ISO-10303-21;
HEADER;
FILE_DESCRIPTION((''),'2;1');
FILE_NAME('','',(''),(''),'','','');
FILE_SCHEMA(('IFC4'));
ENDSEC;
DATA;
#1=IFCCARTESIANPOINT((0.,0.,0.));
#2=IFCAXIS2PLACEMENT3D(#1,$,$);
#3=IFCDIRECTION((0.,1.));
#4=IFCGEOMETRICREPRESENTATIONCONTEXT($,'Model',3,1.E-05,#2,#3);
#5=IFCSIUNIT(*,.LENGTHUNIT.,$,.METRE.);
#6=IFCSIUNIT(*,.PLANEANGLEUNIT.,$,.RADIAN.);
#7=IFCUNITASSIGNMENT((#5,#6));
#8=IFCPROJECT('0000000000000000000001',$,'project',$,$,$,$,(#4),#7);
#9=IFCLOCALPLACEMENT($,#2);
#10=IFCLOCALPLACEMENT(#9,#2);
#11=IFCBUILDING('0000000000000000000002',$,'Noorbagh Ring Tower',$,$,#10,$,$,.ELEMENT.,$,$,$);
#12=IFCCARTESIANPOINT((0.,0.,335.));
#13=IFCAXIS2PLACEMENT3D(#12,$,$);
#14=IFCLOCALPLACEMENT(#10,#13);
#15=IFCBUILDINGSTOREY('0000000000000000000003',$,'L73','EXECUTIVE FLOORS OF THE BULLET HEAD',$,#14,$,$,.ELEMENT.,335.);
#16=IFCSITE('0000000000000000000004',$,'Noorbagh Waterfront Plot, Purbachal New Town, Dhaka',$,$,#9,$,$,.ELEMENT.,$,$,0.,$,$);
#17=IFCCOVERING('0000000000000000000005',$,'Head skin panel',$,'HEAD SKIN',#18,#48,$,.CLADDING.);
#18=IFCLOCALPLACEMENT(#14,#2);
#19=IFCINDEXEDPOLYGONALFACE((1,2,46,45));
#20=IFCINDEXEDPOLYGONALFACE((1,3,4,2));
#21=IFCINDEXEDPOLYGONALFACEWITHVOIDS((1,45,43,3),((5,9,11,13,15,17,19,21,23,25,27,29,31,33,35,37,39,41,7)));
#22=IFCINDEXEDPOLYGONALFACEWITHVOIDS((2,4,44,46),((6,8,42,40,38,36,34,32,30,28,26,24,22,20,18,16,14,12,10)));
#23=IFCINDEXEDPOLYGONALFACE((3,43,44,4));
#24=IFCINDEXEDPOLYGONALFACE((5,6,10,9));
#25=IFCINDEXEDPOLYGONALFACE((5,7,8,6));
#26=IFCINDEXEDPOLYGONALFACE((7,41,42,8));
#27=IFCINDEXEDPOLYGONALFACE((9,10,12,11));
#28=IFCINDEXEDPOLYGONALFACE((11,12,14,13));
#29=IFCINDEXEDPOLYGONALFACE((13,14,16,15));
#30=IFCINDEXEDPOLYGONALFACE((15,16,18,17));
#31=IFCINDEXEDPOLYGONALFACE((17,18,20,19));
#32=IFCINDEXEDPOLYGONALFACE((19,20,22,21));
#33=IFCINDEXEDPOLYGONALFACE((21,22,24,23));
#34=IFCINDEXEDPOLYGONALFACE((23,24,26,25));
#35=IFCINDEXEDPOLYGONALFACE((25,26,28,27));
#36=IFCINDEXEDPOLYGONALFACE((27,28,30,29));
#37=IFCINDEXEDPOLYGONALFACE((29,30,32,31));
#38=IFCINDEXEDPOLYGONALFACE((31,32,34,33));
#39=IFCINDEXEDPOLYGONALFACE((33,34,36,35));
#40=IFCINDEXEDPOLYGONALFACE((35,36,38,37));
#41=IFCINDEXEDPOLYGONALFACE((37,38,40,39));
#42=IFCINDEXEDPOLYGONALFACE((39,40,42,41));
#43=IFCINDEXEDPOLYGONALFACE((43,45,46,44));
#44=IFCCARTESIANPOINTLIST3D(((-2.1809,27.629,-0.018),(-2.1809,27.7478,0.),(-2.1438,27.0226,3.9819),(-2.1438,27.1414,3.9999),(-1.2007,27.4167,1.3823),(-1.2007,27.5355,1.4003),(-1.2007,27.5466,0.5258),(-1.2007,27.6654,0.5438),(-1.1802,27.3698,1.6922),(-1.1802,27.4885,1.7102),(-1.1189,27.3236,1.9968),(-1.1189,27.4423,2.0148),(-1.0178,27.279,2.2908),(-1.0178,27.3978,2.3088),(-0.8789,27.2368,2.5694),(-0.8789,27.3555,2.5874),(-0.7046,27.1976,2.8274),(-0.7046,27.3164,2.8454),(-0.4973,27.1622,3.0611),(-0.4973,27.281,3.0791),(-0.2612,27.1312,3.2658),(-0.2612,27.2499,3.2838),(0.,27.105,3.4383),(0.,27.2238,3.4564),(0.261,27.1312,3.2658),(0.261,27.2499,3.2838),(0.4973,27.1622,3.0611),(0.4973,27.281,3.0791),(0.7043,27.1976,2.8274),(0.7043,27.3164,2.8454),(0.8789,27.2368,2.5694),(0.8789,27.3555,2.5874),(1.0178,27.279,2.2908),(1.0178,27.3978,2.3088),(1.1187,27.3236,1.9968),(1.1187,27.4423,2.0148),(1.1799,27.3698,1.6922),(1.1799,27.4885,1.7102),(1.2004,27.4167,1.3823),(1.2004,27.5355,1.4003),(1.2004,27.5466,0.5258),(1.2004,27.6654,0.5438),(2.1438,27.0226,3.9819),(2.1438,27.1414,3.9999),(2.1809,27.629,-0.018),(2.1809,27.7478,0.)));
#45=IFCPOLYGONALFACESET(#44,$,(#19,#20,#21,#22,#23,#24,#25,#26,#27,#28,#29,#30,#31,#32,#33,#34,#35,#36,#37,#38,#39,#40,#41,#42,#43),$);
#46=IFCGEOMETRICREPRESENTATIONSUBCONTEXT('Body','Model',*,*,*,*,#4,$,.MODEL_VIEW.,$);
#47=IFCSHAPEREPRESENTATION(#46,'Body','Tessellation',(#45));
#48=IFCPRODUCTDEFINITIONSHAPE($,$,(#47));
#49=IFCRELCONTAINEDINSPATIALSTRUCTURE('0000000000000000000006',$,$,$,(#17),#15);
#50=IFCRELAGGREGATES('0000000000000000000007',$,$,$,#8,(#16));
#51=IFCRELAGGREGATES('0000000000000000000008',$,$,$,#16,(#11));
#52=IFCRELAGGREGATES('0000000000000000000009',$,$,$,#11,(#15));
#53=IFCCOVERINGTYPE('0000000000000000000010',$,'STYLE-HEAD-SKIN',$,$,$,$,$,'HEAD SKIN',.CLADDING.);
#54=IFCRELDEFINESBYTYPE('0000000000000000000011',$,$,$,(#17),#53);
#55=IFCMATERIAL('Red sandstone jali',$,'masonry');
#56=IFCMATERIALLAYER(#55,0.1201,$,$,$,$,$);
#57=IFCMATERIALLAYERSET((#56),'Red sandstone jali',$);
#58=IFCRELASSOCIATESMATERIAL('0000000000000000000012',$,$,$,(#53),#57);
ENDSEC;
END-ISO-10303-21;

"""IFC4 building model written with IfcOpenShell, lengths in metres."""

from ifc_helpers import new_model, si_unit, direction, frame, origin, place, context, subcontext, project, spatial, polyline, outline, extrude, material, layer, layer_set, type_object, element, save


model = new_model("IFC4")

# Units and contexts
model_context = context("Model", 3, precision=1e-05, world=origin(), true_north=direction((0.0, 1.0)))
body_context = subcontext(model_context, "Body", "Model", "MODEL_VIEW")
ifc_project = project(units=[si_unit("LENGTHUNIT", "METRE"), si_unit("PLANEANGLEUNIT", "RADIAN")], contexts=[model_context])

# Site, building, storey
site_placement = place(None, origin())
site = spatial("IfcSite", under=ifc_project, at=site_placement, Name="Noorbagh Waterfront Plot, Purbachal New Town, Dhaka", CompositionType="ELEMENT", RefElevation=0.0)
building_placement = place(site_placement, origin())
building = spatial("IfcBuilding", under=site, at=building_placement, Name="Noorbagh Ring Tower", CompositionType="ELEMENT")
storey_placement = place(building_placement, frame((0.0, 0.0, 335.0)))
storey = spatial("IfcBuildingStorey", under=building, at=storey_placement, Name="L73", Description="EXECUTIVE FLOORS OF THE BULLET HEAD", CompositionType="ELEMENT", Elevation=335.0)

# Covering
ifc_material_1 = material(Name="Red sandstone jali", Category="masonry")
ifc_layer_1 = layer(ifc_material_1, 0.1201)
ifc_layer_set_1 = layer_set([ifc_layer_1], Name="Red sandstone jali")
covering_type_1 = type_object("IfcCoveringType", Name="STYLE-HEAD-SKIN", ElementType="HEAD SKIN", PredefinedType="CLADDING", material=ifc_layer_set_1)
covering_1_placement = place(storey_placement, frame((2.1809, 27.7478, 0.0), z_axis=(0.0, 0.988701, 0.149898), x_axis=(-1.0, 0.0, 0.0)))
element("IfcCovering", 1, at=covering_1_placement, inside=storey, type_object=covering_type_1, Name="Head skin panel", ObjectType="HEAD SKIN", PredefinedType="CLADDING", context=body_context, shape_type="SweptSolid", body=[
    extrude(outline(polyline([(0.0, 0.0), (4.3618, 0.0), (4.3247, 4.0457), (0.0371, 4.0457), (0.0, 0.0)]), holes=[polyline([(0.9805, 0.55), (0.9805, 1.4163), (1.001, 1.7297), (1.0623, 2.0378), (1.1631, 2.3352), (1.302, 2.6169), (1.4766, 2.8779), (1.6836, 3.1143), (1.9199, 3.3213), (2.1809, 3.4958), (2.4421, 3.3213), (2.6782, 3.1143), (2.8855, 2.8779), (3.0598, 2.6169), (3.1987, 2.3352), (3.2998, 2.0378), (3.3611, 1.7297), (3.3816, 1.4163), (3.3816, 0.55), (0.9805, 0.55)])]), origin(), (0.0, 0.0, -1.0), 0.1201),
])

save(model, "model.ifc")
